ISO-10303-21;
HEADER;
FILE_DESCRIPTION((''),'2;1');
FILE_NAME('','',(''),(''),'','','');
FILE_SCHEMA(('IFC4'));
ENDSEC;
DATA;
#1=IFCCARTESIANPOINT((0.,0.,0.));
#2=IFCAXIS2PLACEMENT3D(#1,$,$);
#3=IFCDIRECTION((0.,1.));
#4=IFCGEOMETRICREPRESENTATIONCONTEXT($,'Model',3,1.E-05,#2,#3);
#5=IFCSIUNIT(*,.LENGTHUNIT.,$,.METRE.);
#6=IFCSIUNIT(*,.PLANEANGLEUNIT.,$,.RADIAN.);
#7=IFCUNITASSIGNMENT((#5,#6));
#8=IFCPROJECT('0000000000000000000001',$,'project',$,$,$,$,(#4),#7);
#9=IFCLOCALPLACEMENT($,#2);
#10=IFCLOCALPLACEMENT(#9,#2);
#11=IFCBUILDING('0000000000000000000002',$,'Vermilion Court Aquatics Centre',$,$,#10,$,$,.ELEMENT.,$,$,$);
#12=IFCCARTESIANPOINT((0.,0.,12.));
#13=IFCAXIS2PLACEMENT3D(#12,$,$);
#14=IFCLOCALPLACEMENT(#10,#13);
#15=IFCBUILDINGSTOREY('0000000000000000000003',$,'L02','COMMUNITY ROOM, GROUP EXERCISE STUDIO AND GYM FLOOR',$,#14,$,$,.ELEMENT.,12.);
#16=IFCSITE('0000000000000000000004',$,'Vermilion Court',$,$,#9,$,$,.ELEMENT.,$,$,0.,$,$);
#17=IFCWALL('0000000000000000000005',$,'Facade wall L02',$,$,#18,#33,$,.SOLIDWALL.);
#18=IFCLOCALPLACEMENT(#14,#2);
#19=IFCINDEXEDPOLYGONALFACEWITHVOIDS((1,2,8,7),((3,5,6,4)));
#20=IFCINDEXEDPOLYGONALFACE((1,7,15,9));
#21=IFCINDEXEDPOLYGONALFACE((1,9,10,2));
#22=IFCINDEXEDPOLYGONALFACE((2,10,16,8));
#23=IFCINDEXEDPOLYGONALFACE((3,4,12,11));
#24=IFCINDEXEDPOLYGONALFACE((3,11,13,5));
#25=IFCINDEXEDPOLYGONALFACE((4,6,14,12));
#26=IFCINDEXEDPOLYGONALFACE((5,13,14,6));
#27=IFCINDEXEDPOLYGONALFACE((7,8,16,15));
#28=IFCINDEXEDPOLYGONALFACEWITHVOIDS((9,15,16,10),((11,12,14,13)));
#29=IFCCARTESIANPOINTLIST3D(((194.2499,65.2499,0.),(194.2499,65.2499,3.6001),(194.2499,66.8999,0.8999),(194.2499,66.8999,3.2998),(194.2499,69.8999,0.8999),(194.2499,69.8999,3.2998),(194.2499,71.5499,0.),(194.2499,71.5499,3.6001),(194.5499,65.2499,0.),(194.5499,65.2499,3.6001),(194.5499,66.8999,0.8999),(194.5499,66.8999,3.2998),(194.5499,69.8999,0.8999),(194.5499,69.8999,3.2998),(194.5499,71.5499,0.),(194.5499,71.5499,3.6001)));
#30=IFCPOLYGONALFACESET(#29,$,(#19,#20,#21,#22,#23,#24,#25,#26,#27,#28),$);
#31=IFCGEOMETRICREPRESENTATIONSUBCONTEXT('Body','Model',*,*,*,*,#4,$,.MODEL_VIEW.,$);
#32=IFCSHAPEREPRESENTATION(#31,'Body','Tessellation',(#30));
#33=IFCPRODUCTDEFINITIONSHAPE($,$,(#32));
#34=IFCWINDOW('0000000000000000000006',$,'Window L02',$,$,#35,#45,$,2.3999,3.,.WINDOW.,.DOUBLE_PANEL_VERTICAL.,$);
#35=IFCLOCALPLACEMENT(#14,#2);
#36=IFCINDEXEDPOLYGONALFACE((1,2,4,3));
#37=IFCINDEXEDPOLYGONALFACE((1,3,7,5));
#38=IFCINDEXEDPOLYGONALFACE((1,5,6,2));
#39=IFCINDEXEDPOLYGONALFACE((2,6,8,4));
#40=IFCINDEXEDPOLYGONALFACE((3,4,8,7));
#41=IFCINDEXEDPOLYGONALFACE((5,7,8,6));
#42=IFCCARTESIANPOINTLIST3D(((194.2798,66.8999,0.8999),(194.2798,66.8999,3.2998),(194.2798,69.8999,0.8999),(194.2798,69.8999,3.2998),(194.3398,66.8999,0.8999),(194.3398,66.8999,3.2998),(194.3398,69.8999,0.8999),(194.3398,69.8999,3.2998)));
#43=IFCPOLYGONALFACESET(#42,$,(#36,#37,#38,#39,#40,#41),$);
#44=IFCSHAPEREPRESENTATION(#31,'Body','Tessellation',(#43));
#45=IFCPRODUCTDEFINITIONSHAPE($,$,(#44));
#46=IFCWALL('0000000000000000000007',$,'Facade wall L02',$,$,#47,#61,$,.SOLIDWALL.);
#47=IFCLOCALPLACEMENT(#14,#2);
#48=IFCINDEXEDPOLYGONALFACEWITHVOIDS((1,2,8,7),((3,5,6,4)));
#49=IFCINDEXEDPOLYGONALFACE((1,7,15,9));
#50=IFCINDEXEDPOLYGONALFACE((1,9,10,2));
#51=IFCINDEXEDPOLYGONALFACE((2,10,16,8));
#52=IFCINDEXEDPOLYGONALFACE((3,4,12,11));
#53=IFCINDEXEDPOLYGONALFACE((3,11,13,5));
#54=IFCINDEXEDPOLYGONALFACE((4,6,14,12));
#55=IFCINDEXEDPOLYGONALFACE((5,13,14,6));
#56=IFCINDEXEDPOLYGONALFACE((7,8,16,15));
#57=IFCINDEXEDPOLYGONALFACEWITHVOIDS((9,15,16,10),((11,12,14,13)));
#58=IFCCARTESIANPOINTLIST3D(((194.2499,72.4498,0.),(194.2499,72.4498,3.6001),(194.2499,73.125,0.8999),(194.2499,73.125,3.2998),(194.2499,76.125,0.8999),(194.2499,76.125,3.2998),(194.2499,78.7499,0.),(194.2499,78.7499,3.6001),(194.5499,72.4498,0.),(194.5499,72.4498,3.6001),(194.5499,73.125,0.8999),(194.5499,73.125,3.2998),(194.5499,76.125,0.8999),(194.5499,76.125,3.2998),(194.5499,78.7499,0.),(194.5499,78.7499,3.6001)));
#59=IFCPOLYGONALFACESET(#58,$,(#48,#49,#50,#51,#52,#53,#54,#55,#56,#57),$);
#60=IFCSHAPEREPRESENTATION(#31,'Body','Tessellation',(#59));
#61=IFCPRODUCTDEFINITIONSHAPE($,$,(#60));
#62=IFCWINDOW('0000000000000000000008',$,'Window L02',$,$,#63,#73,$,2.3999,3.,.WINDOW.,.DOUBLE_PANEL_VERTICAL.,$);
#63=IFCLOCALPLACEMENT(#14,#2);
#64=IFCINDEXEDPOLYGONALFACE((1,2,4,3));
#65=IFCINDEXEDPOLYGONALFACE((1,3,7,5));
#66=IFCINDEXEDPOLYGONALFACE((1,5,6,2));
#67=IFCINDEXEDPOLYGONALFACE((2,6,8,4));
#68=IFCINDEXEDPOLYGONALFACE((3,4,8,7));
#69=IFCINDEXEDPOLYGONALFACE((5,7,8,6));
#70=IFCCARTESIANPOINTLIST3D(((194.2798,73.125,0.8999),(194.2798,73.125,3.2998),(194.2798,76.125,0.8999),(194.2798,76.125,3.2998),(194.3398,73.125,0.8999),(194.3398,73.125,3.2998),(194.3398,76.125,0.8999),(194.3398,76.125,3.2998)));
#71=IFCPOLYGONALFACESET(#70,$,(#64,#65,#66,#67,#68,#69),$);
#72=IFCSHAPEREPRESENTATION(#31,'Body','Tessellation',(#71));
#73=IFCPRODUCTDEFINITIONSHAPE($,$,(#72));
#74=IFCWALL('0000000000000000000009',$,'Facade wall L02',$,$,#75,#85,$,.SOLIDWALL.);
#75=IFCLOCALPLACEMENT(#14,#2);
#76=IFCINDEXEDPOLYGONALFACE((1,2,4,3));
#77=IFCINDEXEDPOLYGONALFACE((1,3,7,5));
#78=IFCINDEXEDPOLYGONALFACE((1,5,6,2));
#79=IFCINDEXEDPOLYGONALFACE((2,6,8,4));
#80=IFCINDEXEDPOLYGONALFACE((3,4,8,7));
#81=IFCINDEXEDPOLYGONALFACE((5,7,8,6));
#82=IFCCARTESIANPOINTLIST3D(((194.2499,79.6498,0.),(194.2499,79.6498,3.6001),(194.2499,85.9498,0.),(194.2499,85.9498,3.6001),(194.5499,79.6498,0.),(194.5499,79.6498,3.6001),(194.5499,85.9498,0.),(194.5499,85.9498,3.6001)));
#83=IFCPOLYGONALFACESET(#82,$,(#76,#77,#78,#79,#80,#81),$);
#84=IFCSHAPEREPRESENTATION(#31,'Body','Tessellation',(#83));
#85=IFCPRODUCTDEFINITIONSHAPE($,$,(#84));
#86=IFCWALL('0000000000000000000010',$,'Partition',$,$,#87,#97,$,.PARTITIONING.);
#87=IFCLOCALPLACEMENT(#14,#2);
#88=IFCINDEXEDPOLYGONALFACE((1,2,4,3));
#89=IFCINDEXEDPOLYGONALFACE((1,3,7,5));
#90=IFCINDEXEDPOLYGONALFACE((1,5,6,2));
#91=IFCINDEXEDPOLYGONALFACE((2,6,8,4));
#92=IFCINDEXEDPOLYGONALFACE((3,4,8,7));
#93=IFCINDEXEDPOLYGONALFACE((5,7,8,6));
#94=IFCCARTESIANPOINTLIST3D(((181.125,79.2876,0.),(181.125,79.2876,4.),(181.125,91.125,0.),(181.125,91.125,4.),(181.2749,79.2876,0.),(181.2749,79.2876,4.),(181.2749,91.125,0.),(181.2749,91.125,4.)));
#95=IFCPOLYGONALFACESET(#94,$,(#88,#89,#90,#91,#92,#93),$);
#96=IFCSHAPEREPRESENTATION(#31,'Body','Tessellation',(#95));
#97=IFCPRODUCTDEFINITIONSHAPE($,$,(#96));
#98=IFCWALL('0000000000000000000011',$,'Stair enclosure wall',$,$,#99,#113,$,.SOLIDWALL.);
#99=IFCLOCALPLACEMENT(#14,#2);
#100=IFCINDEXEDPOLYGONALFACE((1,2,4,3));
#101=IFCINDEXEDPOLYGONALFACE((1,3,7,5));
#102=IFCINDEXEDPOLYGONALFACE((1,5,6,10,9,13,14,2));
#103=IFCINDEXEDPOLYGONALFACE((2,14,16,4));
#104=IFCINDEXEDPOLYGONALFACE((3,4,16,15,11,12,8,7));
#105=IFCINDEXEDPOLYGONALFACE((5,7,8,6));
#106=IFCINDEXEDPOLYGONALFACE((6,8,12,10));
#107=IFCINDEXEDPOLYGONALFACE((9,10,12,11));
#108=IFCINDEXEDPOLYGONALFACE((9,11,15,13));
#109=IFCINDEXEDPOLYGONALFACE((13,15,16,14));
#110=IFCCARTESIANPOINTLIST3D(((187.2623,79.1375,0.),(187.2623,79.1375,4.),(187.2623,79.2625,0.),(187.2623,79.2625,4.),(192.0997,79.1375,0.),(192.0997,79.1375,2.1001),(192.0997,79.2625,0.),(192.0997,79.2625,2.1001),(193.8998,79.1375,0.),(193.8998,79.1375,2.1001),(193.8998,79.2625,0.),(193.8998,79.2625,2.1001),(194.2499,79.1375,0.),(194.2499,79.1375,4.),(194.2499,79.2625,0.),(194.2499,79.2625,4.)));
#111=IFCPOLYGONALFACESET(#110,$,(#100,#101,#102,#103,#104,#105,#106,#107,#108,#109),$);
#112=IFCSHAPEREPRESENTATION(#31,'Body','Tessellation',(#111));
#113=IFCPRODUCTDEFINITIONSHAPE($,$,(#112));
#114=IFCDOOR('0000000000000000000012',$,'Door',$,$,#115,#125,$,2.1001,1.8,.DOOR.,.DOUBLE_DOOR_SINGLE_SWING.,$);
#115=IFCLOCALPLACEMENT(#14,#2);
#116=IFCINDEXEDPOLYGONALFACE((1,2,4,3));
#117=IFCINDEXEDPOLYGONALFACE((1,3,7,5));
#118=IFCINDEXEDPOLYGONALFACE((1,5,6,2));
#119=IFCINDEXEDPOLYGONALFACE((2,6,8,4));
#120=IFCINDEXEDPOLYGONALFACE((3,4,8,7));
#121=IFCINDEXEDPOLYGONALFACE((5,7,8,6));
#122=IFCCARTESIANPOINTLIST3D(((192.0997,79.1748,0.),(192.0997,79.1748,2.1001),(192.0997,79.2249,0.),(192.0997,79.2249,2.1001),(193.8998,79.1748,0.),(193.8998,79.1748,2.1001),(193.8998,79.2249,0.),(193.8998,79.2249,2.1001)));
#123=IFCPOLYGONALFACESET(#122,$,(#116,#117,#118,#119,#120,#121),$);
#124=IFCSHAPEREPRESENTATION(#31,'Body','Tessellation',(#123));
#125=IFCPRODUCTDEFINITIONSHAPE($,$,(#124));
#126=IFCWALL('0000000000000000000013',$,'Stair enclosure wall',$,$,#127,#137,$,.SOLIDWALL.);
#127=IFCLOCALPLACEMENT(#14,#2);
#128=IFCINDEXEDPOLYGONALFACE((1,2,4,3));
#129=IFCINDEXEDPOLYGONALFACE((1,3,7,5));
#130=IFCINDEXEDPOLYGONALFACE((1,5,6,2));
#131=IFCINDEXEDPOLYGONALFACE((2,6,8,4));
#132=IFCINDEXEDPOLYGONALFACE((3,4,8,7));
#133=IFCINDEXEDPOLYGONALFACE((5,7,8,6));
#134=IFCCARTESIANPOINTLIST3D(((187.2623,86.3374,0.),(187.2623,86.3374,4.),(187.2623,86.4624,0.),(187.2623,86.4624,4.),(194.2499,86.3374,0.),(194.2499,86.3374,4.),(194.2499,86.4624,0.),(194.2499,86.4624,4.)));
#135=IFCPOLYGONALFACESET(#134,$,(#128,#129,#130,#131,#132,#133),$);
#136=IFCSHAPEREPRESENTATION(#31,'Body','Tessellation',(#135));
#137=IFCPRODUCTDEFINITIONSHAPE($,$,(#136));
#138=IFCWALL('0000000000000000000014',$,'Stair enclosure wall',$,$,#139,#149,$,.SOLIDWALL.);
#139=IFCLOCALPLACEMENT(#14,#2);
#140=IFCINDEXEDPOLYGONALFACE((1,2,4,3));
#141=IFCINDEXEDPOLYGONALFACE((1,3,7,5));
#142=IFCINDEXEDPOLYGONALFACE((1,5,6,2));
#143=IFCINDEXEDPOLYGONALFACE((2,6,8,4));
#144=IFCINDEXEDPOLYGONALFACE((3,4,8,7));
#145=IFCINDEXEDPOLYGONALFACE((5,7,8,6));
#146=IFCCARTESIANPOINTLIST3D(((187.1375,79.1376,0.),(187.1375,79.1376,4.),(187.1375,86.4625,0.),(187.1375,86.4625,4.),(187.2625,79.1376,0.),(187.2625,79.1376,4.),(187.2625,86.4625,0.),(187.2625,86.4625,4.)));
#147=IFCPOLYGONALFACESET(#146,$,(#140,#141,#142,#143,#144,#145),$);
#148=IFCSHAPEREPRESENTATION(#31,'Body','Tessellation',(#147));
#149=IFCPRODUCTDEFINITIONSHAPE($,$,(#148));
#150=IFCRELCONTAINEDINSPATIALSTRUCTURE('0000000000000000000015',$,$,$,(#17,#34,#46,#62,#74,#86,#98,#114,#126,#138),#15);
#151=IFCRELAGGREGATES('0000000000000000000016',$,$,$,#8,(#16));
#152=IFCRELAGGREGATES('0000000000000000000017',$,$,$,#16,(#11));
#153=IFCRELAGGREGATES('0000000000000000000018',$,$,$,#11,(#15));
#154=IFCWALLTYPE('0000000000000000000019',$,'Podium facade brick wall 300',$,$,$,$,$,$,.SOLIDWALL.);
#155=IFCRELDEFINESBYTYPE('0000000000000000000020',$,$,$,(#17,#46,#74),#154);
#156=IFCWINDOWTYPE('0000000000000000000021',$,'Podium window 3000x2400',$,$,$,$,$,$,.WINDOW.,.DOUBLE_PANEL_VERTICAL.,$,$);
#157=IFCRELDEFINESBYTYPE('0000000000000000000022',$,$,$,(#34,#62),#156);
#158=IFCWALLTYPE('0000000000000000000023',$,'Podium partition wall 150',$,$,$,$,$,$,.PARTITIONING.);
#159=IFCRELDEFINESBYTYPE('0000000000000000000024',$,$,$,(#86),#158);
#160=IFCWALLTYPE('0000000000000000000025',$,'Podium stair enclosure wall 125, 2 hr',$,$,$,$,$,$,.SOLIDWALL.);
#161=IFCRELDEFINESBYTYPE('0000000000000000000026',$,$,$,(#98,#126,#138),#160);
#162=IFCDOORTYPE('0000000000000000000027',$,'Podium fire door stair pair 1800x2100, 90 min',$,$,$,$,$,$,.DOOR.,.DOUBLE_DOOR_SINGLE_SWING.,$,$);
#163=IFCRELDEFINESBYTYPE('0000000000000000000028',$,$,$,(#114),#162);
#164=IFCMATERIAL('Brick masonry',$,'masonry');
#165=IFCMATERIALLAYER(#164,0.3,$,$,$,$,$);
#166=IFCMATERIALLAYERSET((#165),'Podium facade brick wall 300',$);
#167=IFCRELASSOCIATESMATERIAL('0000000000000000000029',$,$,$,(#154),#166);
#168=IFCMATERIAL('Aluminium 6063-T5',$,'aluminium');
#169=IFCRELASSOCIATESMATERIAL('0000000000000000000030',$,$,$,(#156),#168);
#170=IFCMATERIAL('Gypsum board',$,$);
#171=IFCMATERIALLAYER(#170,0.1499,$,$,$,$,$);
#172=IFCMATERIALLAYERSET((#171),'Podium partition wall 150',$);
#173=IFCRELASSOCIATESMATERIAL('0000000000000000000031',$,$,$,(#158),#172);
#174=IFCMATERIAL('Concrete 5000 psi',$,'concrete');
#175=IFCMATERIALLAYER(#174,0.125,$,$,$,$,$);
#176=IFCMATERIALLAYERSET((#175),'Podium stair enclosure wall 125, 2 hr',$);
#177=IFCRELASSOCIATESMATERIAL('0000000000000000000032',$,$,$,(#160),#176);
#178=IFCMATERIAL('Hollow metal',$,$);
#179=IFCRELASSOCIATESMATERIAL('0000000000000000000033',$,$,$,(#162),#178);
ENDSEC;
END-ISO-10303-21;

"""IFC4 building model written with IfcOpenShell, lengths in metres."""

from ifc_helpers import new_model, si_unit, direction, frame, frame_2d, origin, place, context, subcontext, project, spatial, rectangle, extrude, material, layer, layer_set, type_object, element, fill, save


model = new_model("IFC4")

# Units and contexts
model_context = context("Model", 3, precision=1e-05, world=origin(), true_north=direction((0.0, 1.0)))
body_context = subcontext(model_context, "Body", "Model", "MODEL_VIEW")
ifc_project = project(units=[si_unit("LENGTHUNIT", "METRE"), si_unit("PLANEANGLEUNIT", "RADIAN")], contexts=[model_context])

# Site, building, storey
site_placement = place(None, origin())
site = spatial("IfcSite", under=ifc_project, at=site_placement, Name="Vermilion Court", CompositionType="ELEMENT", RefElevation=0.0)
building_placement = place(site_placement, origin())
building = spatial("IfcBuilding", under=site, at=building_placement, Name="Vermilion Court Aquatics Centre", CompositionType="ELEMENT")
storey_placement = place(building_placement, frame((0.0, 0.0, 12.0)))
storey = spatial("IfcBuildingStorey", under=building, at=storey_placement, Name="L02", Description="COMMUNITY ROOM, GROUP EXERCISE STUDIO AND GYM FLOOR", CompositionType="ELEMENT", Elevation=12.0)

# Walls, openings, windows
ifc_material_1 = material(Name="Brick masonry", Category="masonry")
ifc_layer_1 = layer(ifc_material_1, 0.3)
ifc_layer_set_1 = layer_set([ifc_layer_1], Name="Podium facade brick wall 300")
wall_type_1 = type_object("IfcWallType", Name="Podium facade brick wall 300", PredefinedType="SOLIDWALL", material=ifc_layer_set_1)
wall_1_placement = place(storey_placement, frame((194.3999, 65.25, 0.0), z_axis=(0.0, 0.0, 1.0), x_axis=(0.0, 1.0, 0.0)))
wall_1 = element("IfcWall", 1, at=wall_1_placement, inside=storey, type_object=wall_type_1, Name="Facade wall L02", PredefinedType="SOLIDWALL", context=body_context, shape_type="SweptSolid", body=[
    extrude(rectangle(XDim=6.3, YDim=0.3, at=frame_2d((3.1499, 0.0))), origin(), (0.0, 0.0, 1.0), 3.6001),
])
opening_1_placement = place(wall_1_placement, frame((1.6499, 0.0, 0.8999)))
opening_1 = element("IfcOpeningElement", 2, at=opening_1_placement, cuts=wall_1, PredefinedType="OPENING", context=body_context, shape_type="SweptSolid", body=[
    extrude(rectangle(XDim=3.0, YDim=2.3999, at=frame_2d((1.5, 1.2))), frame((0.0, 0.1599, 0.0), z_axis=(0.0, -1.0, 0.0), x_axis=(1.0, 0.0, 0.0)), (0.0, 0.0, 1.0), 0.3201),
])
ifc_material_2 = material(Name="Aluminium 6063-T5", Category="aluminium")
window_type = type_object("IfcWindowType", Name="Podium window 3000x2400", PartitioningType="DOUBLE_PANEL_VERTICAL", PredefinedType="WINDOW", material=ifc_material_2)
window_1_placement = place(opening_1_placement, origin())
window_1 = element("IfcWindow", 3, at=window_1_placement, inside=storey, type_object=window_type, Name="Window L02", OverallHeight=2.3999, OverallWidth=3.0, PartitioningType="DOUBLE_PANEL_VERTICAL", PredefinedType="WINDOW", context=body_context, shape_type="SweptSolid", body=[
    extrude(rectangle(XDim=3.0, YDim=2.3999, at=frame_2d((1.5, 1.2))), frame((0.0, 0.1201, 0.0), z_axis=(0.0, -1.0, 0.0), x_axis=(1.0, 0.0, 0.0)), (0.0, 0.0, 1.0), 0.0601),
])
fill(opening_1, window_1)
wall_2_placement = place(storey_placement, frame((194.3999, 72.45, 0.0), z_axis=(0.0, 0.0, 1.0), x_axis=(0.0, 1.0, 0.0)))
wall_2 = element("IfcWall", 4, at=wall_2_placement, inside=storey, type_object=wall_type_1, Name="Facade wall L02", PredefinedType="SOLIDWALL", context=body_context, shape_type="SweptSolid", body=[
    extrude(rectangle(XDim=6.3, YDim=0.3, at=frame_2d((3.1499, 0.0))), origin(), (0.0, 0.0, 1.0), 3.6001),
])
opening_2_placement = place(wall_2_placement, frame((0.675, 0.0, 0.8999)))
opening_2 = element("IfcOpeningElement", 5, at=opening_2_placement, cuts=wall_2, PredefinedType="OPENING", context=body_context, shape_type="SweptSolid", body=[
    extrude(rectangle(XDim=3.0, YDim=2.3999, at=frame_2d((1.5, 1.2))), frame((0.0, 0.1599, 0.0), z_axis=(0.0, -1.0, 0.0), x_axis=(1.0, 0.0, 0.0)), (0.0, 0.0, 1.0), 0.3201),
])
window_2_placement = place(opening_2_placement, origin())
window_2 = element("IfcWindow", 6, at=window_2_placement, inside=storey, type_object=window_type, Name="Window L02", OverallHeight=2.3999, OverallWidth=3.0, PartitioningType="DOUBLE_PANEL_VERTICAL", PredefinedType="WINDOW", context=body_context, shape_type="SweptSolid", body=[
    extrude(rectangle(XDim=3.0, YDim=2.3999, at=frame_2d((1.5, 1.2))), frame((0.0, 0.1201, 0.0), z_axis=(0.0, -1.0, 0.0), x_axis=(1.0, 0.0, 0.0)), (0.0, 0.0, 1.0), 0.0601),
])
fill(opening_2, window_2)

# Walls
wall_3_placement = place(storey_placement, frame((194.3999, 79.6499, 0.0), z_axis=(0.0, 0.0, 1.0), x_axis=(0.0, 1.0, 0.0)))
element("IfcWall", 7, at=wall_3_placement, inside=storey, type_object=wall_type_1, Name="Facade wall L02", PredefinedType="SOLIDWALL", context=body_context, shape_type="SweptSolid", body=[
    extrude(rectangle(XDim=6.3, YDim=0.3, at=frame_2d((3.1499, 0.0))), origin(), (0.0, 0.0, 1.0), 3.6001),
])
ifc_material_3 = material(Name="Gypsum board")
ifc_layer_2 = layer(ifc_material_3, 0.1499)
ifc_layer_set_2 = layer_set([ifc_layer_2], Name="Podium partition wall 150")
wall_type_2 = type_object("IfcWallType", Name="Podium partition wall 150", PredefinedType="PARTITIONING", material=ifc_layer_set_2)
wall_4_placement = place(storey_placement, frame((181.2, 79.2876, 0.0), z_axis=(0.0, 0.0, 1.0), x_axis=(0.0, 1.0, 0.0)))
element("IfcWall", 8, at=wall_4_placement, inside=storey, type_object=wall_type_2, Name="Partition", PredefinedType="PARTITIONING", context=body_context, shape_type="SweptSolid", body=[
    extrude(rectangle(XDim=11.8374, YDim=0.1499, at=frame_2d((5.9187, 0.0))), origin(), (0.0, 0.0, 1.0), 4.0),
])

# Wall, opening, door
ifc_material_4 = material(Name="Concrete 5000 psi", Category="concrete")
ifc_layer_3 = layer(ifc_material_4, 0.125)
ifc_layer_set_3 = layer_set([ifc_layer_3], Name="Podium stair enclosure wall 125, 2 hr")
wall_type_3 = type_object("IfcWallType", Name="Podium stair enclosure wall 125, 2 hr", PredefinedType="SOLIDWALL", material=ifc_layer_set_3)
wall_5_placement = place(storey_placement, frame((187.2625, 79.2, 0.0), z_axis=(0.0, 0.0, 1.0), x_axis=(1.0, 0.0, 0.0)))
wall_5 = element("IfcWall", 9, at=wall_5_placement, inside=storey, type_object=wall_type_3, Name="Stair enclosure wall", PredefinedType="SOLIDWALL", context=body_context, shape_type="SweptSolid", body=[
    extrude(rectangle(XDim=6.9875, YDim=0.125, at=frame_2d((3.4937, 0.0))), origin(), (0.0, 0.0, 1.0), 4.0),
])
opening_3_placement = place(wall_5_placement, frame((4.8374, 0.0, 0.0)))
opening_3 = element("IfcOpeningElement", 10, at=opening_3_placement, cuts=wall_5, PredefinedType="OPENING", context=body_context, shape_type="SweptSolid", body=[
    extrude(rectangle(XDim=1.8, YDim=2.1001, at=frame_2d((0.8999, 1.05))), frame((0.0, 0.0725, 0.0), z_axis=(0.0, -1.0, 0.0), x_axis=(1.0, 0.0, 0.0)), (0.0, 0.0, 1.0), 0.145),
])
ifc_material_5 = material(Name="Hollow metal")
door_type_1 = type_object("IfcDoorType", Name="Podium fire door stair pair 1800x2100, 90 min", OperationType="DOUBLE_DOOR_SINGLE_SWING", PredefinedType="DOOR", material=ifc_material_5)
door_1_placement = place(opening_3_placement, origin())
door_1 = element("IfcDoor", 11, at=door_1_placement, inside=storey, type_object=door_type_1, Name="Door", OperationType="DOUBLE_DOOR_SINGLE_SWING", OverallHeight=2.1001, OverallWidth=1.8, PredefinedType="DOOR", context=body_context, shape_type="SweptSolid", body=[
    extrude(rectangle(XDim=1.8, YDim=2.1001, at=frame_2d((0.8999, 1.05))), frame((0.0, 0.0249, 0.0), z_axis=(0.0, -1.0, 0.0), x_axis=(1.0, 0.0, 0.0)), (0.0, 0.0, 1.0), 0.05),
])
fill(opening_3, door_1)

# Walls
wall_6_placement = place(storey_placement, frame((187.2625, 86.3999, 0.0), z_axis=(0.0, 0.0, 1.0), x_axis=(1.0, 0.0, 0.0)))
element("IfcWall", 12, at=wall_6_placement, inside=storey, type_object=wall_type_3, Name="Stair enclosure wall", PredefinedType="SOLIDWALL", context=body_context, shape_type="SweptSolid", body=[
    extrude(rectangle(XDim=6.9875, YDim=0.125, at=frame_2d((3.4937, 0.0))), origin(), (0.0, 0.0, 1.0), 4.0),
])
wall_7_placement = place(storey_placement, frame((187.2, 79.1375, 0.0), z_axis=(0.0, 0.0, 1.0), x_axis=(0.0, 1.0, 0.0)))
element("IfcWall", 13, at=wall_7_placement, inside=storey, type_object=wall_type_3, Name="Stair enclosure wall", PredefinedType="SOLIDWALL", context=body_context, shape_type="SweptSolid", body=[
    extrude(rectangle(XDim=7.325, YDim=0.125, at=frame_2d((3.6626, 0.0))), origin(), (0.0, 0.0, 1.0), 4.0),
])

save(model, "model.ifc")
